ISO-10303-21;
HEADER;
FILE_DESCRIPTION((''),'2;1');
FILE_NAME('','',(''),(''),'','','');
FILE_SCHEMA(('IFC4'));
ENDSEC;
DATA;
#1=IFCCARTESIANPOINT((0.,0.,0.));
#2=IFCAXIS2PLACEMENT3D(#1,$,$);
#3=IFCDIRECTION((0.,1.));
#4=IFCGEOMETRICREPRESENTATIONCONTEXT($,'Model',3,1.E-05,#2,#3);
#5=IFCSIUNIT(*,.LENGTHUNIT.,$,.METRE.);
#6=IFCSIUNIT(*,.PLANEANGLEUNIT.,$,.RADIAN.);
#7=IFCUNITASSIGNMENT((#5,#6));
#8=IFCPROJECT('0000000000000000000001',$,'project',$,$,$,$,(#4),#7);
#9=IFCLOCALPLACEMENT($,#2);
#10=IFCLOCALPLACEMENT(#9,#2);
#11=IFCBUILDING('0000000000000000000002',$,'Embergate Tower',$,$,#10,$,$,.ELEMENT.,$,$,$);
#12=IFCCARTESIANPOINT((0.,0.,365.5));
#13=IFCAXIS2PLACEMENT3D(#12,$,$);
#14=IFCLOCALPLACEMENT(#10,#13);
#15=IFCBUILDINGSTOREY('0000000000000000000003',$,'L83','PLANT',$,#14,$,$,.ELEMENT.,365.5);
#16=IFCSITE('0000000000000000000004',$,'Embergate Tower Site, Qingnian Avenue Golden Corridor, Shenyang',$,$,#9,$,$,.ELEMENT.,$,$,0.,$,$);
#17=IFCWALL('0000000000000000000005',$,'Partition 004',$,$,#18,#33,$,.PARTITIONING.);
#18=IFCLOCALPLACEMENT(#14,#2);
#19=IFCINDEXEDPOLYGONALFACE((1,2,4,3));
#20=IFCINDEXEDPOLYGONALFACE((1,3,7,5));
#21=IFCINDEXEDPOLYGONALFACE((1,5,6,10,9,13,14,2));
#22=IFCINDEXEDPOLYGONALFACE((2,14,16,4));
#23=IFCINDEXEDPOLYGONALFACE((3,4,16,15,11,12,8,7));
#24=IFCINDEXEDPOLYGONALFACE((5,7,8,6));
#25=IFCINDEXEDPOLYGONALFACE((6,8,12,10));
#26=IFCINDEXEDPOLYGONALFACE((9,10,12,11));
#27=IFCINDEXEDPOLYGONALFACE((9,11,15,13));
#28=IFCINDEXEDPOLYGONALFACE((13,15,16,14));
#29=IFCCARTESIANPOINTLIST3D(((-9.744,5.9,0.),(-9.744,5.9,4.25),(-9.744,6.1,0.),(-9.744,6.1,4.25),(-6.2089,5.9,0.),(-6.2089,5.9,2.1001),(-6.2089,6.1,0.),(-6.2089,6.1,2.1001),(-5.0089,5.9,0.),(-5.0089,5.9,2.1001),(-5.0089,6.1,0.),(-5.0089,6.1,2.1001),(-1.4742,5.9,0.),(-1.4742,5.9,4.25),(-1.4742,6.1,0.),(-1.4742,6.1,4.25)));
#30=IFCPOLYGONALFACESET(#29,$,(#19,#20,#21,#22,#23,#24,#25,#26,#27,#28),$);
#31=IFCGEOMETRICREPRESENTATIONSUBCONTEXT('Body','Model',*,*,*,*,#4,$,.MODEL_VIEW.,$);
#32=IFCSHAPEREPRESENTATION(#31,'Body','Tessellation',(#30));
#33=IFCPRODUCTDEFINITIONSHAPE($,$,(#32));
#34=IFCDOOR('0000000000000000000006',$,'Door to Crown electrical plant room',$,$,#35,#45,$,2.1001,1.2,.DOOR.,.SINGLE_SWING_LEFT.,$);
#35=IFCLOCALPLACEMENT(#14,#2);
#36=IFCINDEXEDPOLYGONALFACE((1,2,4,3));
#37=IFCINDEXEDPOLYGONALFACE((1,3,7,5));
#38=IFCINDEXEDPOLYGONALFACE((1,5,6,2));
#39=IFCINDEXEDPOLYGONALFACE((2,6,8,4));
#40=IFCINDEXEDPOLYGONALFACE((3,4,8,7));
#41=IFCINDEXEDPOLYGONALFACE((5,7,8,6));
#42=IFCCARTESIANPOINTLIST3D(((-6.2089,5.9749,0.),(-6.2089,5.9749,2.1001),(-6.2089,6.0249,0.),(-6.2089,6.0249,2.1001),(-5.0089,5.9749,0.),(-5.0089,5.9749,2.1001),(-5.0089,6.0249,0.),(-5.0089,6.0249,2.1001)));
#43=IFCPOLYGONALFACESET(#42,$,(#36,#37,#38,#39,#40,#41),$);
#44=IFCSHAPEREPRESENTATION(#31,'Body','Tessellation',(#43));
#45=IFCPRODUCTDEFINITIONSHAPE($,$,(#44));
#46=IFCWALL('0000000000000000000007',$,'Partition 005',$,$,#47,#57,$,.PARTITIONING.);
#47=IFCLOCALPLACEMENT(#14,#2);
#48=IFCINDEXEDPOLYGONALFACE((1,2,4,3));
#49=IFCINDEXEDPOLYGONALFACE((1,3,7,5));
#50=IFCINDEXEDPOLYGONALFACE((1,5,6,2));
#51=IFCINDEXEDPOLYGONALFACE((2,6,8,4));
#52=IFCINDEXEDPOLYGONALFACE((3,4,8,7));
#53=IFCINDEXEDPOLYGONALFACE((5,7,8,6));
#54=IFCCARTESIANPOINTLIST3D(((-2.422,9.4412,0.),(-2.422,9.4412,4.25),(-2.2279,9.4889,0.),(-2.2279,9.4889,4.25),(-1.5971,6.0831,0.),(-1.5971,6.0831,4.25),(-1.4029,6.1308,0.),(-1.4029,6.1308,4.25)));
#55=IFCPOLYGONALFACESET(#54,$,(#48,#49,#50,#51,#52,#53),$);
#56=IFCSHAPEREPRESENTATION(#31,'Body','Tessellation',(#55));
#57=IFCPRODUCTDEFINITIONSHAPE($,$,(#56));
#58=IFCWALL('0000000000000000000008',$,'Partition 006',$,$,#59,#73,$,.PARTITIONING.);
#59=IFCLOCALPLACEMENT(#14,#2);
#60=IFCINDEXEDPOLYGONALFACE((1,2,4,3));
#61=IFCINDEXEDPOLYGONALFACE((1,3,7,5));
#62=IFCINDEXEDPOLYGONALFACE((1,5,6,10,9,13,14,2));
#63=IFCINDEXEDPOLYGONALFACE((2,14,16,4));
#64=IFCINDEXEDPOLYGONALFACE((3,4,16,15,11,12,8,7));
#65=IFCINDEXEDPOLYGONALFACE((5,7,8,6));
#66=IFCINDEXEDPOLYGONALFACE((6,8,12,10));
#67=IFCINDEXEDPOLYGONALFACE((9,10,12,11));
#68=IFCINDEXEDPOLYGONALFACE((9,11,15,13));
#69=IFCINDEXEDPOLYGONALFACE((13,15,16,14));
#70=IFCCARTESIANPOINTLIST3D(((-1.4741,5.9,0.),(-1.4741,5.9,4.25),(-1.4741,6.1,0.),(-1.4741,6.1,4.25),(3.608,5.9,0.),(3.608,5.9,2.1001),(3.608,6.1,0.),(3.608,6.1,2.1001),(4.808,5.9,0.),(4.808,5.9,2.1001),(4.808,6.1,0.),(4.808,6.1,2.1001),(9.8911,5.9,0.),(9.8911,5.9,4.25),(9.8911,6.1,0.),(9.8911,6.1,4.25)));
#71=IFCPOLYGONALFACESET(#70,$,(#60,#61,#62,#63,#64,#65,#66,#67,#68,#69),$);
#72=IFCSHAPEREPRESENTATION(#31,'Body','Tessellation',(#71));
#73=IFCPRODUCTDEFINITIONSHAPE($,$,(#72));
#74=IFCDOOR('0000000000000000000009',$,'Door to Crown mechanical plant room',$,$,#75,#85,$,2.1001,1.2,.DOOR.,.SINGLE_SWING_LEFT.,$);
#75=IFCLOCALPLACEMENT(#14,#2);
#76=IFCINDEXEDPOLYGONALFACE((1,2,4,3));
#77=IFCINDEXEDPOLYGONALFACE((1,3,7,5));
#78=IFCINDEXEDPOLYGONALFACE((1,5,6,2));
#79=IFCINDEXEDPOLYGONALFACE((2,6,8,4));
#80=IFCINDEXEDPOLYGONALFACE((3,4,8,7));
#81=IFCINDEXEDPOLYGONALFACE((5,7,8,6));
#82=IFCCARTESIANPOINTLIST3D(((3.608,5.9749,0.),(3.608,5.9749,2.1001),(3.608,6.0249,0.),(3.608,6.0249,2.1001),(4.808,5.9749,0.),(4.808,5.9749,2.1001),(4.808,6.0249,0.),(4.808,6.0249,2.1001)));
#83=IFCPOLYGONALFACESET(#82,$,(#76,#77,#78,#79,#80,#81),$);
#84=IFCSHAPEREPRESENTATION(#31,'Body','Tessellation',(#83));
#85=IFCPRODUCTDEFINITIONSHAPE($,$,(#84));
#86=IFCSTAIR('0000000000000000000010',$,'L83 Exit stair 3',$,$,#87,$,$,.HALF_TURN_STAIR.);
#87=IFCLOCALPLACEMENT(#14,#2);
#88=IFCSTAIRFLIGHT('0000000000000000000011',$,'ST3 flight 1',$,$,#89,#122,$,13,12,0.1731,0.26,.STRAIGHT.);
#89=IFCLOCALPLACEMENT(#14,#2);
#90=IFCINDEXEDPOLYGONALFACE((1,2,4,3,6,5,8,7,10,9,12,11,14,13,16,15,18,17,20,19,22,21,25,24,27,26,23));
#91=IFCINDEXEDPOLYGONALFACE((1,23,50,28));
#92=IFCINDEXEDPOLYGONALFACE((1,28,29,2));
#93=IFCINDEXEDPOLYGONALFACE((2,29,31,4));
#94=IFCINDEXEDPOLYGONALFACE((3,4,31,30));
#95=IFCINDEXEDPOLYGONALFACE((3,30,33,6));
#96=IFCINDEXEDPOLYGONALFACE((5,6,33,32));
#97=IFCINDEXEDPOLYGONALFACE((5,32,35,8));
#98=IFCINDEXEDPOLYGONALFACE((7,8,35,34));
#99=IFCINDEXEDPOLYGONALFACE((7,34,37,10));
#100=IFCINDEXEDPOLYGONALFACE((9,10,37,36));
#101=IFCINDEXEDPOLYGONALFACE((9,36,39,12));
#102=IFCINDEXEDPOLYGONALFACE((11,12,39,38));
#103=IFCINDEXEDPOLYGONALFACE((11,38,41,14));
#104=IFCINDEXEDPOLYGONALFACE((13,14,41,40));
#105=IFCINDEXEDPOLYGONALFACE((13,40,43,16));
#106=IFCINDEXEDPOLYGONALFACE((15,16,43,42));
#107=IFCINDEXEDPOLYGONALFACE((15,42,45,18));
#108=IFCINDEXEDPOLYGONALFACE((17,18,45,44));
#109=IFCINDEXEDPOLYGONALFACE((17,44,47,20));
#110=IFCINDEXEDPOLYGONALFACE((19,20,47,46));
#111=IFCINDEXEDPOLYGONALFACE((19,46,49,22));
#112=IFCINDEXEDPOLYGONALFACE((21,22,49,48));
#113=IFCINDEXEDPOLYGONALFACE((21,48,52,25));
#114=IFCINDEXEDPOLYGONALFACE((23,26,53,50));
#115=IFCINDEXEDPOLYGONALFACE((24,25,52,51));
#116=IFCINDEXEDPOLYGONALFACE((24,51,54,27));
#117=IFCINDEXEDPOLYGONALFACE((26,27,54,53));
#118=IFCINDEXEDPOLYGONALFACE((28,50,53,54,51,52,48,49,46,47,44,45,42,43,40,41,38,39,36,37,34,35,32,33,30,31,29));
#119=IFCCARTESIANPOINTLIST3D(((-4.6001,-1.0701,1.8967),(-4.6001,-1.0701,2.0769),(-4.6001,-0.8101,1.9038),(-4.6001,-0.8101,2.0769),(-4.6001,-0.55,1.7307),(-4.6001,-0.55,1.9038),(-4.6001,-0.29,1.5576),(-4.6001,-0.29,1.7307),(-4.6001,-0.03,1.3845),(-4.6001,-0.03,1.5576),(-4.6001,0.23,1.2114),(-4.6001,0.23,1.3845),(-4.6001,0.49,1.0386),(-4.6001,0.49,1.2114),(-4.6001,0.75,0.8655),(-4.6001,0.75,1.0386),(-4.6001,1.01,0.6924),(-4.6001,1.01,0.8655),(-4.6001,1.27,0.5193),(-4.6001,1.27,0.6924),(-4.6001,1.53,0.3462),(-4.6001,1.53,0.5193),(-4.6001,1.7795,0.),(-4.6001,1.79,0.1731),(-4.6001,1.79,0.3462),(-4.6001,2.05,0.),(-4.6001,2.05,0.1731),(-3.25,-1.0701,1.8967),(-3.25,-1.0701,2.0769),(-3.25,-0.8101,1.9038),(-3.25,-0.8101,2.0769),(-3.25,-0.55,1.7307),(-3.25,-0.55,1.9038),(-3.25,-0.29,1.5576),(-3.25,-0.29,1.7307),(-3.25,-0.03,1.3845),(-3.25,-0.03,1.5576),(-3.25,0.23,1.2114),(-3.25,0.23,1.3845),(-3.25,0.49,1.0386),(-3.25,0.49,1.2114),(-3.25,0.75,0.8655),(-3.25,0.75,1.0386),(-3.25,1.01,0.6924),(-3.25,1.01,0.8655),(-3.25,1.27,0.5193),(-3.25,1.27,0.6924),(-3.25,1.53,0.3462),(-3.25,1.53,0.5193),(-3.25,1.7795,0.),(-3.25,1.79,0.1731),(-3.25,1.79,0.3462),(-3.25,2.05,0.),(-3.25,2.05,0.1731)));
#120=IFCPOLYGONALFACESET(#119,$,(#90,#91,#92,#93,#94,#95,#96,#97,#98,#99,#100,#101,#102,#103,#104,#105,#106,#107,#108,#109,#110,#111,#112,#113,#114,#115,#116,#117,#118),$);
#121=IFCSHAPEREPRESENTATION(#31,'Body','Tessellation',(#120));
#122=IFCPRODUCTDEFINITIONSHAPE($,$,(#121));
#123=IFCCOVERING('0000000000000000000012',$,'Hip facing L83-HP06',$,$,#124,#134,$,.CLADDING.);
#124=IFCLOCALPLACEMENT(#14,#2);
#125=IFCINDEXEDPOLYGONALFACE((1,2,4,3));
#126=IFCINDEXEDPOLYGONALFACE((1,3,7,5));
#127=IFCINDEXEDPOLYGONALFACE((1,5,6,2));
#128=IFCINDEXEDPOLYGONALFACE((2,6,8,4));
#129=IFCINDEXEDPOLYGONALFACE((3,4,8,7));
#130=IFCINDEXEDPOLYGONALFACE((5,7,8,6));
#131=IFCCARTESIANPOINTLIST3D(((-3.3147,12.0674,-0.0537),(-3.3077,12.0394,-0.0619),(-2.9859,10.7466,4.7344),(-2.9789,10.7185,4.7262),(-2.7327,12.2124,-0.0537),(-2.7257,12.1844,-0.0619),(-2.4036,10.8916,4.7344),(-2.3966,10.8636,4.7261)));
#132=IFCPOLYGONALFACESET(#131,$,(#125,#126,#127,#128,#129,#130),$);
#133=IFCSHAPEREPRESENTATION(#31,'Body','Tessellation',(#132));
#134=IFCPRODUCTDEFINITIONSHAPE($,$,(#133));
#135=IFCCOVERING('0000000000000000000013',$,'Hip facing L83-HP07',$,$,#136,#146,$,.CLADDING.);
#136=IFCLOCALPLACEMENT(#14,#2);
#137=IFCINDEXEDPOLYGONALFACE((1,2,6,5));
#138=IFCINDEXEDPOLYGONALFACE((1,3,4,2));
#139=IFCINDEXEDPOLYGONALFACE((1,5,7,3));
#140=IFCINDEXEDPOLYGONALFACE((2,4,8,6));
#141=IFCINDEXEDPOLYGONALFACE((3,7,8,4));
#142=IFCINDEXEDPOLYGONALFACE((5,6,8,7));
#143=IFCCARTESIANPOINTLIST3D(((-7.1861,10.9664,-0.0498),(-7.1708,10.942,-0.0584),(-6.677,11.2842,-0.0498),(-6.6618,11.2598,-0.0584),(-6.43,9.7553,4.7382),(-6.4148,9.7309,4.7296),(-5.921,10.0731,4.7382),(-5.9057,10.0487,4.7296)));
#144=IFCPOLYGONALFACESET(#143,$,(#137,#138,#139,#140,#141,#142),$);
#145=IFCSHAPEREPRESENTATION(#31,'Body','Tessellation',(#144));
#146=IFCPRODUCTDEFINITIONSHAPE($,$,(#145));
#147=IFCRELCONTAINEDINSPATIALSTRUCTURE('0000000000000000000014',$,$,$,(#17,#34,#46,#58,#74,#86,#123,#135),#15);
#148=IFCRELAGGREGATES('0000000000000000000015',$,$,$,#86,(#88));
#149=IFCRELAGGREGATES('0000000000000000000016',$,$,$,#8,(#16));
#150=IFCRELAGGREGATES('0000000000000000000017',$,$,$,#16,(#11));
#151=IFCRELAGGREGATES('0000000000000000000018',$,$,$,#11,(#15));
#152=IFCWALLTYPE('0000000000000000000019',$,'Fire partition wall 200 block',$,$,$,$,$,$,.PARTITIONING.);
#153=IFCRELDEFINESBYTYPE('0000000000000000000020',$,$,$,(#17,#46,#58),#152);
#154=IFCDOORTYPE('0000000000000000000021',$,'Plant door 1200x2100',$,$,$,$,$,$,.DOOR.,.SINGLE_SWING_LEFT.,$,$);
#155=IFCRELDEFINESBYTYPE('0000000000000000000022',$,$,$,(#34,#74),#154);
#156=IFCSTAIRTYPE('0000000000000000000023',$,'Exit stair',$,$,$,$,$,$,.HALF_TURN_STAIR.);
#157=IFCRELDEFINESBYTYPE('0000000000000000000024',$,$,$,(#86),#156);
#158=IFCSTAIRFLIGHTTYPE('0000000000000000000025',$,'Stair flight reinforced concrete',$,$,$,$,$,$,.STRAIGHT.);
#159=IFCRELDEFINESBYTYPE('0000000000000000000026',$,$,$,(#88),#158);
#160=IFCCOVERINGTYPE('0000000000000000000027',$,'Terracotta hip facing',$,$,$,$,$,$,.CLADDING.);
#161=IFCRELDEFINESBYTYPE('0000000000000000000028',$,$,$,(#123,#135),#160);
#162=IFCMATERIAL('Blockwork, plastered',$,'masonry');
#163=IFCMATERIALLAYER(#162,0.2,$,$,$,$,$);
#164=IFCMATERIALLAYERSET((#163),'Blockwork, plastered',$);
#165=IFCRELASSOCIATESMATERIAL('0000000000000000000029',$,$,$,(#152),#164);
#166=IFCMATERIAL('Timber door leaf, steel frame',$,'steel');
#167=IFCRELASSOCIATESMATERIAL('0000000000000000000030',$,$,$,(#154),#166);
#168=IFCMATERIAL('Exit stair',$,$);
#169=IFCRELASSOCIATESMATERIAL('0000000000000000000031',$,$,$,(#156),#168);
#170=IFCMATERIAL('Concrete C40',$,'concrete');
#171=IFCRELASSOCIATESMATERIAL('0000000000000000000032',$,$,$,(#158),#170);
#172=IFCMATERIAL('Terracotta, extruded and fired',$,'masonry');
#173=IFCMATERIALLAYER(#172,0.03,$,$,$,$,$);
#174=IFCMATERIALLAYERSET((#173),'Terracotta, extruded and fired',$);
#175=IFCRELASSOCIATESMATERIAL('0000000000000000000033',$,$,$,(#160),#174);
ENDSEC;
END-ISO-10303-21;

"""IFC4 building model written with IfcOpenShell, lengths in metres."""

from ifc_helpers import new_model, si_unit, direction, frame, frame_2d, origin, place, context, subcontext, project, spatial, polyline, rectangle, outline, extrude, source, transform, mapped, material, layer, layer_set, type_object, element, fill, aggregate, save


model = new_model("IFC4")

# Units and contexts
model_context = context("Model", 3, precision=1e-05, world=origin(), true_north=direction((0.0, 1.0)))
body_context = subcontext(model_context, "Body", "Model", "MODEL_VIEW")
ifc_project = project(units=[si_unit("LENGTHUNIT", "METRE"), si_unit("PLANEANGLEUNIT", "RADIAN")], contexts=[model_context])

# Site, building, storey
site_placement = place(None, origin())
site = spatial("IfcSite", under=ifc_project, at=site_placement, Name="Embergate Tower Site, Qingnian Avenue Golden Corridor, Shenyang", CompositionType="ELEMENT", RefElevation=0.0)
building_placement = place(site_placement, origin())
building = spatial("IfcBuilding", under=site, at=building_placement, Name="Embergate Tower", CompositionType="ELEMENT")
storey_placement = place(building_placement, frame((0.0, 0.0, 365.5)))
storey = spatial("IfcBuildingStorey", under=building, at=storey_placement, Name="L83", Description="PLANT", CompositionType="ELEMENT", Elevation=365.5)

# Wall, opening, door
shared_shape_1 = source(origin(), body_context, "Body", "SweptSolid", [
    extrude(rectangle(XDim=1.2, YDim=2.1001, at=frame_2d((0.6001, 1.05))), frame((0.0, 0.1099, 0.0), z_axis=(0.0, -1.0, 0.0), x_axis=(1.0, 0.0, 0.0)), (0.0, 0.0, 1.0), 0.22),
])
ifc_material_1 = material(Name="Blockwork, plastered", Category="masonry")
ifc_layer_1 = layer(ifc_material_1, 0.2)
ifc_layer_set_1 = layer_set([ifc_layer_1], Name="Blockwork, plastered")
wall_type_1 = type_object("IfcWallType", Name="Fire partition wall 200 block", PredefinedType="PARTITIONING", material=ifc_layer_set_1)
shared_shape_2 = source(origin(), body_context, "Body", "SweptSolid", [
    extrude(rectangle(XDim=8.2698, YDim=0.2, at=frame_2d((4.1348, 0.0))), origin(), (0.0, 0.0, 1.0), 4.25),
])
wall_1_placement = place(storey_placement, frame((-9.7439, 6.0, 0.0), z_axis=(0.0, 0.0, 1.0), x_axis=(1.0, 0.0, 0.0)))
wall_1 = element("IfcWall", 1, at=wall_1_placement, inside=storey, type_object=wall_type_1, Name="Partition 004", PredefinedType="PARTITIONING", context=body_context, shape_type="MappedRepresentation", body=[
    mapped(shared_shape_2, transform((0.0, 0.0, 0.0))),
])
opening_1_placement = place(wall_1_placement, frame((3.5349, 0.0, 0.0)))
opening_1 = element("IfcOpeningElement", 2, at=opening_1_placement, cuts=wall_1, PredefinedType="OPENING", context=body_context, shape_type="MappedRepresentation", body=[
    mapped(shared_shape_1, transform((0.0, 0.0, 0.0))),
])
ifc_material_2 = material(Name="Timber door leaf, steel frame", Category="steel")
door_type_1 = type_object("IfcDoorType", Name="Plant door 1200x2100", OperationType="SINGLE_SWING_LEFT", PredefinedType="DOOR", material=ifc_material_2)
shared_shape_3 = source(origin(), body_context, "Body", "SweptSolid", [
    extrude(rectangle(XDim=1.2, YDim=2.1001, at=frame_2d((0.6001, 1.05))), frame((0.0, 0.0249, 0.0), z_axis=(0.0, -1.0, 0.0), x_axis=(1.0, 0.0, 0.0)), (0.0, 0.0, 1.0), 0.05),
])
door_1_placement = place(opening_1_placement, origin())
door_1 = element("IfcDoor", 3, at=door_1_placement, inside=storey, type_object=door_type_1, Name="Door to Crown electrical plant room", OperationType="SINGLE_SWING_LEFT", OverallHeight=2.1001, OverallWidth=1.2, PredefinedType="DOOR", context=body_context, shape_type="MappedRepresentation", body=[
    mapped(shared_shape_3, transform((0.0, 0.0, 0.0))),
])
fill(opening_1, door_1)

# Wall
shared_shape_4 = source(origin(), body_context, "Body", "SweptSolid", [
    extrude(rectangle(XDim=3.458, YDim=0.2, at=frame_2d((1.729, 0.0))), origin(), (0.0, 0.0, 1.0), 4.25),
])
wall_2_placement = place(storey_placement, frame((-1.5, 6.1069, 0.0), z_axis=(0.0, 0.0, 1.0), x_axis=(-0.238563, 0.971127, 0.0)))
element("IfcWall", 4, at=wall_2_placement, inside=storey, type_object=wall_type_1, Name="Partition 005", PredefinedType="PARTITIONING", context=body_context, shape_type="MappedRepresentation", body=[
    mapped(shared_shape_4, transform((0.0, 0.0, 0.0))),
])

# Wall, opening, door
shared_shape_5 = source(origin(), body_context, "Body", "SweptSolid", [
    extrude(rectangle(XDim=11.3652, YDim=0.2, at=frame_2d((5.6826, 0.0))), origin(), (0.0, 0.0, 1.0), 4.25),
])
wall_3_placement = place(storey_placement, frame((-1.4741, 6.0, 0.0), z_axis=(0.0, 0.0, 1.0), x_axis=(1.0, 0.0, 0.0)))
wall_3 = element("IfcWall", 5, at=wall_3_placement, inside=storey, type_object=wall_type_1, Name="Partition 006", PredefinedType="PARTITIONING", context=body_context, shape_type="MappedRepresentation", body=[
    mapped(shared_shape_5, transform((0.0, 0.0, 0.0))),
])
opening_2_placement = place(wall_3_placement, frame((5.082, 0.0, 0.0)))
opening_2 = element("IfcOpeningElement", 6, at=opening_2_placement, cuts=wall_3, PredefinedType="OPENING", context=body_context, shape_type="MappedRepresentation", body=[
    mapped(shared_shape_1, transform((0.0, 0.0, 0.0))),
])
door_2_placement = place(opening_2_placement, origin())
door_2 = element("IfcDoor", 7, at=door_2_placement, inside=storey, type_object=door_type_1, Name="Door to Crown mechanical plant room", OperationType="SINGLE_SWING_LEFT", OverallHeight=2.1001, OverallWidth=1.2, PredefinedType="DOOR", context=body_context, shape_type="MappedRepresentation", body=[
    mapped(shared_shape_3, transform((0.0, 0.0, 0.0))),
])
fill(opening_2, door_2)

# Stair, stair flight
ifc_material_3 = material(Name="Exit stair")
stair_type = type_object("IfcStairType", Name="Exit stair", PredefinedType="HALF_TURN_STAIR", material=ifc_material_3)
stair_placement = place(storey_placement, origin())
stair = element("IfcStair", 8, at=stair_placement, inside=storey, type_object=stair_type, Name="L83 Exit stair 3", PredefinedType="HALF_TURN_STAIR")
ifc_material_4 = material(Name="Concrete C40", Category="concrete")
stair_flight_type = type_object("IfcStairFlightType", Name="Stair flight reinforced concrete", PredefinedType="STRAIGHT", material=ifc_material_4)
shared_shape_6 = source(origin(), body_context, "Body", "SweptSolid", [
    extrude(outline(polyline([(0.0, 0.0), (0.0, 0.1731), (0.26, 0.1731), (0.26, 0.3462), (0.52, 0.3462), (0.52, 0.5193), (0.78, 0.5193), (0.78, 0.6924), (1.04, 0.6924), (1.04, 0.8655), (1.3, 0.8655), (1.3, 1.0386), (1.5601, 1.0386), (1.5601, 1.2114), (1.8201, 1.2114), (1.8201, 1.3845), (2.0801, 1.3845), (2.0801, 1.5576), (2.3401, 1.5576), (2.3401, 1.7307), (2.6001, 1.7307), (2.6001, 1.9038), (2.8601, 1.9038), (2.8601, 2.0769), (3.1201, 2.0769), (3.1201, 2.25), (3.1201, 1.8967), (0.2705, 0.0), (0.0, 0.0)])), frame((0.0, 0.675, 0.0), z_axis=(0.0, -1.0, 0.0), x_axis=(1.0, 0.0, 0.0)), (0.0, 0.0, 1.0), 1.3501),
])
stair_flight_placement = place(storey_placement, frame((-3.925, 2.05, 0.0), z_axis=(0.0, 0.0, 1.0), x_axis=(0.0, -1.0, 0.0)))
stair_flight = element("IfcStairFlight", 9, at=stair_flight_placement, type_object=stair_flight_type, Name="ST3 flight 1", NumberOfRisers=13, NumberOfTreads=12, PredefinedType="STRAIGHT", RiserHeight=0.1731, TreadLength=0.26, context=body_context, shape_type="MappedRepresentation", body=[
    mapped(shared_shape_6, transform((0.0, 0.0, 0.0))),
])
aggregate(stair, [stair_flight])

# Coverings
ifc_material_5 = material(Name="Terracotta, extruded and fired", Category="masonry")
ifc_layer_2 = layer(ifc_material_5, 0.03)
ifc_layer_set_2 = layer_set([ifc_layer_2], Name="Terracotta, extruded and fired")
covering_type = type_object("IfcCoveringType", Name="Terracotta hip facing", PredefinedType="CLADDING", material=ifc_layer_set_2)
shared_shape_7 = source(origin(), body_context, "Body", "SweptSolid", [
    extrude(outline(polyline([(0.0, 0.0), (4.9778, 0.0), (4.9778, -0.6001), (0.0, -0.5999), (0.0, 0.0)])), origin(), (0.0, 0.0, -1.0), 0.03),
])
covering_1_placement = place(storey_placement, frame((-2.7327, 12.2124, -0.0537), z_axis=(-0.232509, 0.933363, 0.273445), x_axis=(0.066112, -0.265332, 0.961888)))
element("IfcCovering", 10, at=covering_1_placement, inside=storey, type_object=covering_type, Name="Hip facing L83-HP06", PredefinedType="CLADDING", context=body_context, shape_type="MappedRepresentation", body=[
    mapped(shared_shape_7, transform((0.0, 0.0, 0.0))),
])
shared_shape_8 = source(origin(), body_context, "Body", "SweptSolid", [
    extrude(outline(polyline([(0.0, 0.0), (4.9963, 0.0), (4.9963, -0.6001), (0.0, -0.6001), (0.0, 0.0)])), origin(), (0.0, 0.0, -1.0), 0.03),
])
covering_2_placement = place(storey_placement, frame((-6.677, 11.2842, -0.0498), z_axis=(-0.507445, 0.812926, 0.285747), x_axis=(0.151318, -0.242393, 0.958305)))
element("IfcCovering", 11, at=covering_2_placement, inside=storey, type_object=covering_type, Name="Hip facing L83-HP07", PredefinedType="CLADDING", context=body_context, shape_type="MappedRepresentation", body=[
    mapped(shared_shape_8, transform((0.0, 0.0, 0.0))),
])

save(model, "model.ifc")
